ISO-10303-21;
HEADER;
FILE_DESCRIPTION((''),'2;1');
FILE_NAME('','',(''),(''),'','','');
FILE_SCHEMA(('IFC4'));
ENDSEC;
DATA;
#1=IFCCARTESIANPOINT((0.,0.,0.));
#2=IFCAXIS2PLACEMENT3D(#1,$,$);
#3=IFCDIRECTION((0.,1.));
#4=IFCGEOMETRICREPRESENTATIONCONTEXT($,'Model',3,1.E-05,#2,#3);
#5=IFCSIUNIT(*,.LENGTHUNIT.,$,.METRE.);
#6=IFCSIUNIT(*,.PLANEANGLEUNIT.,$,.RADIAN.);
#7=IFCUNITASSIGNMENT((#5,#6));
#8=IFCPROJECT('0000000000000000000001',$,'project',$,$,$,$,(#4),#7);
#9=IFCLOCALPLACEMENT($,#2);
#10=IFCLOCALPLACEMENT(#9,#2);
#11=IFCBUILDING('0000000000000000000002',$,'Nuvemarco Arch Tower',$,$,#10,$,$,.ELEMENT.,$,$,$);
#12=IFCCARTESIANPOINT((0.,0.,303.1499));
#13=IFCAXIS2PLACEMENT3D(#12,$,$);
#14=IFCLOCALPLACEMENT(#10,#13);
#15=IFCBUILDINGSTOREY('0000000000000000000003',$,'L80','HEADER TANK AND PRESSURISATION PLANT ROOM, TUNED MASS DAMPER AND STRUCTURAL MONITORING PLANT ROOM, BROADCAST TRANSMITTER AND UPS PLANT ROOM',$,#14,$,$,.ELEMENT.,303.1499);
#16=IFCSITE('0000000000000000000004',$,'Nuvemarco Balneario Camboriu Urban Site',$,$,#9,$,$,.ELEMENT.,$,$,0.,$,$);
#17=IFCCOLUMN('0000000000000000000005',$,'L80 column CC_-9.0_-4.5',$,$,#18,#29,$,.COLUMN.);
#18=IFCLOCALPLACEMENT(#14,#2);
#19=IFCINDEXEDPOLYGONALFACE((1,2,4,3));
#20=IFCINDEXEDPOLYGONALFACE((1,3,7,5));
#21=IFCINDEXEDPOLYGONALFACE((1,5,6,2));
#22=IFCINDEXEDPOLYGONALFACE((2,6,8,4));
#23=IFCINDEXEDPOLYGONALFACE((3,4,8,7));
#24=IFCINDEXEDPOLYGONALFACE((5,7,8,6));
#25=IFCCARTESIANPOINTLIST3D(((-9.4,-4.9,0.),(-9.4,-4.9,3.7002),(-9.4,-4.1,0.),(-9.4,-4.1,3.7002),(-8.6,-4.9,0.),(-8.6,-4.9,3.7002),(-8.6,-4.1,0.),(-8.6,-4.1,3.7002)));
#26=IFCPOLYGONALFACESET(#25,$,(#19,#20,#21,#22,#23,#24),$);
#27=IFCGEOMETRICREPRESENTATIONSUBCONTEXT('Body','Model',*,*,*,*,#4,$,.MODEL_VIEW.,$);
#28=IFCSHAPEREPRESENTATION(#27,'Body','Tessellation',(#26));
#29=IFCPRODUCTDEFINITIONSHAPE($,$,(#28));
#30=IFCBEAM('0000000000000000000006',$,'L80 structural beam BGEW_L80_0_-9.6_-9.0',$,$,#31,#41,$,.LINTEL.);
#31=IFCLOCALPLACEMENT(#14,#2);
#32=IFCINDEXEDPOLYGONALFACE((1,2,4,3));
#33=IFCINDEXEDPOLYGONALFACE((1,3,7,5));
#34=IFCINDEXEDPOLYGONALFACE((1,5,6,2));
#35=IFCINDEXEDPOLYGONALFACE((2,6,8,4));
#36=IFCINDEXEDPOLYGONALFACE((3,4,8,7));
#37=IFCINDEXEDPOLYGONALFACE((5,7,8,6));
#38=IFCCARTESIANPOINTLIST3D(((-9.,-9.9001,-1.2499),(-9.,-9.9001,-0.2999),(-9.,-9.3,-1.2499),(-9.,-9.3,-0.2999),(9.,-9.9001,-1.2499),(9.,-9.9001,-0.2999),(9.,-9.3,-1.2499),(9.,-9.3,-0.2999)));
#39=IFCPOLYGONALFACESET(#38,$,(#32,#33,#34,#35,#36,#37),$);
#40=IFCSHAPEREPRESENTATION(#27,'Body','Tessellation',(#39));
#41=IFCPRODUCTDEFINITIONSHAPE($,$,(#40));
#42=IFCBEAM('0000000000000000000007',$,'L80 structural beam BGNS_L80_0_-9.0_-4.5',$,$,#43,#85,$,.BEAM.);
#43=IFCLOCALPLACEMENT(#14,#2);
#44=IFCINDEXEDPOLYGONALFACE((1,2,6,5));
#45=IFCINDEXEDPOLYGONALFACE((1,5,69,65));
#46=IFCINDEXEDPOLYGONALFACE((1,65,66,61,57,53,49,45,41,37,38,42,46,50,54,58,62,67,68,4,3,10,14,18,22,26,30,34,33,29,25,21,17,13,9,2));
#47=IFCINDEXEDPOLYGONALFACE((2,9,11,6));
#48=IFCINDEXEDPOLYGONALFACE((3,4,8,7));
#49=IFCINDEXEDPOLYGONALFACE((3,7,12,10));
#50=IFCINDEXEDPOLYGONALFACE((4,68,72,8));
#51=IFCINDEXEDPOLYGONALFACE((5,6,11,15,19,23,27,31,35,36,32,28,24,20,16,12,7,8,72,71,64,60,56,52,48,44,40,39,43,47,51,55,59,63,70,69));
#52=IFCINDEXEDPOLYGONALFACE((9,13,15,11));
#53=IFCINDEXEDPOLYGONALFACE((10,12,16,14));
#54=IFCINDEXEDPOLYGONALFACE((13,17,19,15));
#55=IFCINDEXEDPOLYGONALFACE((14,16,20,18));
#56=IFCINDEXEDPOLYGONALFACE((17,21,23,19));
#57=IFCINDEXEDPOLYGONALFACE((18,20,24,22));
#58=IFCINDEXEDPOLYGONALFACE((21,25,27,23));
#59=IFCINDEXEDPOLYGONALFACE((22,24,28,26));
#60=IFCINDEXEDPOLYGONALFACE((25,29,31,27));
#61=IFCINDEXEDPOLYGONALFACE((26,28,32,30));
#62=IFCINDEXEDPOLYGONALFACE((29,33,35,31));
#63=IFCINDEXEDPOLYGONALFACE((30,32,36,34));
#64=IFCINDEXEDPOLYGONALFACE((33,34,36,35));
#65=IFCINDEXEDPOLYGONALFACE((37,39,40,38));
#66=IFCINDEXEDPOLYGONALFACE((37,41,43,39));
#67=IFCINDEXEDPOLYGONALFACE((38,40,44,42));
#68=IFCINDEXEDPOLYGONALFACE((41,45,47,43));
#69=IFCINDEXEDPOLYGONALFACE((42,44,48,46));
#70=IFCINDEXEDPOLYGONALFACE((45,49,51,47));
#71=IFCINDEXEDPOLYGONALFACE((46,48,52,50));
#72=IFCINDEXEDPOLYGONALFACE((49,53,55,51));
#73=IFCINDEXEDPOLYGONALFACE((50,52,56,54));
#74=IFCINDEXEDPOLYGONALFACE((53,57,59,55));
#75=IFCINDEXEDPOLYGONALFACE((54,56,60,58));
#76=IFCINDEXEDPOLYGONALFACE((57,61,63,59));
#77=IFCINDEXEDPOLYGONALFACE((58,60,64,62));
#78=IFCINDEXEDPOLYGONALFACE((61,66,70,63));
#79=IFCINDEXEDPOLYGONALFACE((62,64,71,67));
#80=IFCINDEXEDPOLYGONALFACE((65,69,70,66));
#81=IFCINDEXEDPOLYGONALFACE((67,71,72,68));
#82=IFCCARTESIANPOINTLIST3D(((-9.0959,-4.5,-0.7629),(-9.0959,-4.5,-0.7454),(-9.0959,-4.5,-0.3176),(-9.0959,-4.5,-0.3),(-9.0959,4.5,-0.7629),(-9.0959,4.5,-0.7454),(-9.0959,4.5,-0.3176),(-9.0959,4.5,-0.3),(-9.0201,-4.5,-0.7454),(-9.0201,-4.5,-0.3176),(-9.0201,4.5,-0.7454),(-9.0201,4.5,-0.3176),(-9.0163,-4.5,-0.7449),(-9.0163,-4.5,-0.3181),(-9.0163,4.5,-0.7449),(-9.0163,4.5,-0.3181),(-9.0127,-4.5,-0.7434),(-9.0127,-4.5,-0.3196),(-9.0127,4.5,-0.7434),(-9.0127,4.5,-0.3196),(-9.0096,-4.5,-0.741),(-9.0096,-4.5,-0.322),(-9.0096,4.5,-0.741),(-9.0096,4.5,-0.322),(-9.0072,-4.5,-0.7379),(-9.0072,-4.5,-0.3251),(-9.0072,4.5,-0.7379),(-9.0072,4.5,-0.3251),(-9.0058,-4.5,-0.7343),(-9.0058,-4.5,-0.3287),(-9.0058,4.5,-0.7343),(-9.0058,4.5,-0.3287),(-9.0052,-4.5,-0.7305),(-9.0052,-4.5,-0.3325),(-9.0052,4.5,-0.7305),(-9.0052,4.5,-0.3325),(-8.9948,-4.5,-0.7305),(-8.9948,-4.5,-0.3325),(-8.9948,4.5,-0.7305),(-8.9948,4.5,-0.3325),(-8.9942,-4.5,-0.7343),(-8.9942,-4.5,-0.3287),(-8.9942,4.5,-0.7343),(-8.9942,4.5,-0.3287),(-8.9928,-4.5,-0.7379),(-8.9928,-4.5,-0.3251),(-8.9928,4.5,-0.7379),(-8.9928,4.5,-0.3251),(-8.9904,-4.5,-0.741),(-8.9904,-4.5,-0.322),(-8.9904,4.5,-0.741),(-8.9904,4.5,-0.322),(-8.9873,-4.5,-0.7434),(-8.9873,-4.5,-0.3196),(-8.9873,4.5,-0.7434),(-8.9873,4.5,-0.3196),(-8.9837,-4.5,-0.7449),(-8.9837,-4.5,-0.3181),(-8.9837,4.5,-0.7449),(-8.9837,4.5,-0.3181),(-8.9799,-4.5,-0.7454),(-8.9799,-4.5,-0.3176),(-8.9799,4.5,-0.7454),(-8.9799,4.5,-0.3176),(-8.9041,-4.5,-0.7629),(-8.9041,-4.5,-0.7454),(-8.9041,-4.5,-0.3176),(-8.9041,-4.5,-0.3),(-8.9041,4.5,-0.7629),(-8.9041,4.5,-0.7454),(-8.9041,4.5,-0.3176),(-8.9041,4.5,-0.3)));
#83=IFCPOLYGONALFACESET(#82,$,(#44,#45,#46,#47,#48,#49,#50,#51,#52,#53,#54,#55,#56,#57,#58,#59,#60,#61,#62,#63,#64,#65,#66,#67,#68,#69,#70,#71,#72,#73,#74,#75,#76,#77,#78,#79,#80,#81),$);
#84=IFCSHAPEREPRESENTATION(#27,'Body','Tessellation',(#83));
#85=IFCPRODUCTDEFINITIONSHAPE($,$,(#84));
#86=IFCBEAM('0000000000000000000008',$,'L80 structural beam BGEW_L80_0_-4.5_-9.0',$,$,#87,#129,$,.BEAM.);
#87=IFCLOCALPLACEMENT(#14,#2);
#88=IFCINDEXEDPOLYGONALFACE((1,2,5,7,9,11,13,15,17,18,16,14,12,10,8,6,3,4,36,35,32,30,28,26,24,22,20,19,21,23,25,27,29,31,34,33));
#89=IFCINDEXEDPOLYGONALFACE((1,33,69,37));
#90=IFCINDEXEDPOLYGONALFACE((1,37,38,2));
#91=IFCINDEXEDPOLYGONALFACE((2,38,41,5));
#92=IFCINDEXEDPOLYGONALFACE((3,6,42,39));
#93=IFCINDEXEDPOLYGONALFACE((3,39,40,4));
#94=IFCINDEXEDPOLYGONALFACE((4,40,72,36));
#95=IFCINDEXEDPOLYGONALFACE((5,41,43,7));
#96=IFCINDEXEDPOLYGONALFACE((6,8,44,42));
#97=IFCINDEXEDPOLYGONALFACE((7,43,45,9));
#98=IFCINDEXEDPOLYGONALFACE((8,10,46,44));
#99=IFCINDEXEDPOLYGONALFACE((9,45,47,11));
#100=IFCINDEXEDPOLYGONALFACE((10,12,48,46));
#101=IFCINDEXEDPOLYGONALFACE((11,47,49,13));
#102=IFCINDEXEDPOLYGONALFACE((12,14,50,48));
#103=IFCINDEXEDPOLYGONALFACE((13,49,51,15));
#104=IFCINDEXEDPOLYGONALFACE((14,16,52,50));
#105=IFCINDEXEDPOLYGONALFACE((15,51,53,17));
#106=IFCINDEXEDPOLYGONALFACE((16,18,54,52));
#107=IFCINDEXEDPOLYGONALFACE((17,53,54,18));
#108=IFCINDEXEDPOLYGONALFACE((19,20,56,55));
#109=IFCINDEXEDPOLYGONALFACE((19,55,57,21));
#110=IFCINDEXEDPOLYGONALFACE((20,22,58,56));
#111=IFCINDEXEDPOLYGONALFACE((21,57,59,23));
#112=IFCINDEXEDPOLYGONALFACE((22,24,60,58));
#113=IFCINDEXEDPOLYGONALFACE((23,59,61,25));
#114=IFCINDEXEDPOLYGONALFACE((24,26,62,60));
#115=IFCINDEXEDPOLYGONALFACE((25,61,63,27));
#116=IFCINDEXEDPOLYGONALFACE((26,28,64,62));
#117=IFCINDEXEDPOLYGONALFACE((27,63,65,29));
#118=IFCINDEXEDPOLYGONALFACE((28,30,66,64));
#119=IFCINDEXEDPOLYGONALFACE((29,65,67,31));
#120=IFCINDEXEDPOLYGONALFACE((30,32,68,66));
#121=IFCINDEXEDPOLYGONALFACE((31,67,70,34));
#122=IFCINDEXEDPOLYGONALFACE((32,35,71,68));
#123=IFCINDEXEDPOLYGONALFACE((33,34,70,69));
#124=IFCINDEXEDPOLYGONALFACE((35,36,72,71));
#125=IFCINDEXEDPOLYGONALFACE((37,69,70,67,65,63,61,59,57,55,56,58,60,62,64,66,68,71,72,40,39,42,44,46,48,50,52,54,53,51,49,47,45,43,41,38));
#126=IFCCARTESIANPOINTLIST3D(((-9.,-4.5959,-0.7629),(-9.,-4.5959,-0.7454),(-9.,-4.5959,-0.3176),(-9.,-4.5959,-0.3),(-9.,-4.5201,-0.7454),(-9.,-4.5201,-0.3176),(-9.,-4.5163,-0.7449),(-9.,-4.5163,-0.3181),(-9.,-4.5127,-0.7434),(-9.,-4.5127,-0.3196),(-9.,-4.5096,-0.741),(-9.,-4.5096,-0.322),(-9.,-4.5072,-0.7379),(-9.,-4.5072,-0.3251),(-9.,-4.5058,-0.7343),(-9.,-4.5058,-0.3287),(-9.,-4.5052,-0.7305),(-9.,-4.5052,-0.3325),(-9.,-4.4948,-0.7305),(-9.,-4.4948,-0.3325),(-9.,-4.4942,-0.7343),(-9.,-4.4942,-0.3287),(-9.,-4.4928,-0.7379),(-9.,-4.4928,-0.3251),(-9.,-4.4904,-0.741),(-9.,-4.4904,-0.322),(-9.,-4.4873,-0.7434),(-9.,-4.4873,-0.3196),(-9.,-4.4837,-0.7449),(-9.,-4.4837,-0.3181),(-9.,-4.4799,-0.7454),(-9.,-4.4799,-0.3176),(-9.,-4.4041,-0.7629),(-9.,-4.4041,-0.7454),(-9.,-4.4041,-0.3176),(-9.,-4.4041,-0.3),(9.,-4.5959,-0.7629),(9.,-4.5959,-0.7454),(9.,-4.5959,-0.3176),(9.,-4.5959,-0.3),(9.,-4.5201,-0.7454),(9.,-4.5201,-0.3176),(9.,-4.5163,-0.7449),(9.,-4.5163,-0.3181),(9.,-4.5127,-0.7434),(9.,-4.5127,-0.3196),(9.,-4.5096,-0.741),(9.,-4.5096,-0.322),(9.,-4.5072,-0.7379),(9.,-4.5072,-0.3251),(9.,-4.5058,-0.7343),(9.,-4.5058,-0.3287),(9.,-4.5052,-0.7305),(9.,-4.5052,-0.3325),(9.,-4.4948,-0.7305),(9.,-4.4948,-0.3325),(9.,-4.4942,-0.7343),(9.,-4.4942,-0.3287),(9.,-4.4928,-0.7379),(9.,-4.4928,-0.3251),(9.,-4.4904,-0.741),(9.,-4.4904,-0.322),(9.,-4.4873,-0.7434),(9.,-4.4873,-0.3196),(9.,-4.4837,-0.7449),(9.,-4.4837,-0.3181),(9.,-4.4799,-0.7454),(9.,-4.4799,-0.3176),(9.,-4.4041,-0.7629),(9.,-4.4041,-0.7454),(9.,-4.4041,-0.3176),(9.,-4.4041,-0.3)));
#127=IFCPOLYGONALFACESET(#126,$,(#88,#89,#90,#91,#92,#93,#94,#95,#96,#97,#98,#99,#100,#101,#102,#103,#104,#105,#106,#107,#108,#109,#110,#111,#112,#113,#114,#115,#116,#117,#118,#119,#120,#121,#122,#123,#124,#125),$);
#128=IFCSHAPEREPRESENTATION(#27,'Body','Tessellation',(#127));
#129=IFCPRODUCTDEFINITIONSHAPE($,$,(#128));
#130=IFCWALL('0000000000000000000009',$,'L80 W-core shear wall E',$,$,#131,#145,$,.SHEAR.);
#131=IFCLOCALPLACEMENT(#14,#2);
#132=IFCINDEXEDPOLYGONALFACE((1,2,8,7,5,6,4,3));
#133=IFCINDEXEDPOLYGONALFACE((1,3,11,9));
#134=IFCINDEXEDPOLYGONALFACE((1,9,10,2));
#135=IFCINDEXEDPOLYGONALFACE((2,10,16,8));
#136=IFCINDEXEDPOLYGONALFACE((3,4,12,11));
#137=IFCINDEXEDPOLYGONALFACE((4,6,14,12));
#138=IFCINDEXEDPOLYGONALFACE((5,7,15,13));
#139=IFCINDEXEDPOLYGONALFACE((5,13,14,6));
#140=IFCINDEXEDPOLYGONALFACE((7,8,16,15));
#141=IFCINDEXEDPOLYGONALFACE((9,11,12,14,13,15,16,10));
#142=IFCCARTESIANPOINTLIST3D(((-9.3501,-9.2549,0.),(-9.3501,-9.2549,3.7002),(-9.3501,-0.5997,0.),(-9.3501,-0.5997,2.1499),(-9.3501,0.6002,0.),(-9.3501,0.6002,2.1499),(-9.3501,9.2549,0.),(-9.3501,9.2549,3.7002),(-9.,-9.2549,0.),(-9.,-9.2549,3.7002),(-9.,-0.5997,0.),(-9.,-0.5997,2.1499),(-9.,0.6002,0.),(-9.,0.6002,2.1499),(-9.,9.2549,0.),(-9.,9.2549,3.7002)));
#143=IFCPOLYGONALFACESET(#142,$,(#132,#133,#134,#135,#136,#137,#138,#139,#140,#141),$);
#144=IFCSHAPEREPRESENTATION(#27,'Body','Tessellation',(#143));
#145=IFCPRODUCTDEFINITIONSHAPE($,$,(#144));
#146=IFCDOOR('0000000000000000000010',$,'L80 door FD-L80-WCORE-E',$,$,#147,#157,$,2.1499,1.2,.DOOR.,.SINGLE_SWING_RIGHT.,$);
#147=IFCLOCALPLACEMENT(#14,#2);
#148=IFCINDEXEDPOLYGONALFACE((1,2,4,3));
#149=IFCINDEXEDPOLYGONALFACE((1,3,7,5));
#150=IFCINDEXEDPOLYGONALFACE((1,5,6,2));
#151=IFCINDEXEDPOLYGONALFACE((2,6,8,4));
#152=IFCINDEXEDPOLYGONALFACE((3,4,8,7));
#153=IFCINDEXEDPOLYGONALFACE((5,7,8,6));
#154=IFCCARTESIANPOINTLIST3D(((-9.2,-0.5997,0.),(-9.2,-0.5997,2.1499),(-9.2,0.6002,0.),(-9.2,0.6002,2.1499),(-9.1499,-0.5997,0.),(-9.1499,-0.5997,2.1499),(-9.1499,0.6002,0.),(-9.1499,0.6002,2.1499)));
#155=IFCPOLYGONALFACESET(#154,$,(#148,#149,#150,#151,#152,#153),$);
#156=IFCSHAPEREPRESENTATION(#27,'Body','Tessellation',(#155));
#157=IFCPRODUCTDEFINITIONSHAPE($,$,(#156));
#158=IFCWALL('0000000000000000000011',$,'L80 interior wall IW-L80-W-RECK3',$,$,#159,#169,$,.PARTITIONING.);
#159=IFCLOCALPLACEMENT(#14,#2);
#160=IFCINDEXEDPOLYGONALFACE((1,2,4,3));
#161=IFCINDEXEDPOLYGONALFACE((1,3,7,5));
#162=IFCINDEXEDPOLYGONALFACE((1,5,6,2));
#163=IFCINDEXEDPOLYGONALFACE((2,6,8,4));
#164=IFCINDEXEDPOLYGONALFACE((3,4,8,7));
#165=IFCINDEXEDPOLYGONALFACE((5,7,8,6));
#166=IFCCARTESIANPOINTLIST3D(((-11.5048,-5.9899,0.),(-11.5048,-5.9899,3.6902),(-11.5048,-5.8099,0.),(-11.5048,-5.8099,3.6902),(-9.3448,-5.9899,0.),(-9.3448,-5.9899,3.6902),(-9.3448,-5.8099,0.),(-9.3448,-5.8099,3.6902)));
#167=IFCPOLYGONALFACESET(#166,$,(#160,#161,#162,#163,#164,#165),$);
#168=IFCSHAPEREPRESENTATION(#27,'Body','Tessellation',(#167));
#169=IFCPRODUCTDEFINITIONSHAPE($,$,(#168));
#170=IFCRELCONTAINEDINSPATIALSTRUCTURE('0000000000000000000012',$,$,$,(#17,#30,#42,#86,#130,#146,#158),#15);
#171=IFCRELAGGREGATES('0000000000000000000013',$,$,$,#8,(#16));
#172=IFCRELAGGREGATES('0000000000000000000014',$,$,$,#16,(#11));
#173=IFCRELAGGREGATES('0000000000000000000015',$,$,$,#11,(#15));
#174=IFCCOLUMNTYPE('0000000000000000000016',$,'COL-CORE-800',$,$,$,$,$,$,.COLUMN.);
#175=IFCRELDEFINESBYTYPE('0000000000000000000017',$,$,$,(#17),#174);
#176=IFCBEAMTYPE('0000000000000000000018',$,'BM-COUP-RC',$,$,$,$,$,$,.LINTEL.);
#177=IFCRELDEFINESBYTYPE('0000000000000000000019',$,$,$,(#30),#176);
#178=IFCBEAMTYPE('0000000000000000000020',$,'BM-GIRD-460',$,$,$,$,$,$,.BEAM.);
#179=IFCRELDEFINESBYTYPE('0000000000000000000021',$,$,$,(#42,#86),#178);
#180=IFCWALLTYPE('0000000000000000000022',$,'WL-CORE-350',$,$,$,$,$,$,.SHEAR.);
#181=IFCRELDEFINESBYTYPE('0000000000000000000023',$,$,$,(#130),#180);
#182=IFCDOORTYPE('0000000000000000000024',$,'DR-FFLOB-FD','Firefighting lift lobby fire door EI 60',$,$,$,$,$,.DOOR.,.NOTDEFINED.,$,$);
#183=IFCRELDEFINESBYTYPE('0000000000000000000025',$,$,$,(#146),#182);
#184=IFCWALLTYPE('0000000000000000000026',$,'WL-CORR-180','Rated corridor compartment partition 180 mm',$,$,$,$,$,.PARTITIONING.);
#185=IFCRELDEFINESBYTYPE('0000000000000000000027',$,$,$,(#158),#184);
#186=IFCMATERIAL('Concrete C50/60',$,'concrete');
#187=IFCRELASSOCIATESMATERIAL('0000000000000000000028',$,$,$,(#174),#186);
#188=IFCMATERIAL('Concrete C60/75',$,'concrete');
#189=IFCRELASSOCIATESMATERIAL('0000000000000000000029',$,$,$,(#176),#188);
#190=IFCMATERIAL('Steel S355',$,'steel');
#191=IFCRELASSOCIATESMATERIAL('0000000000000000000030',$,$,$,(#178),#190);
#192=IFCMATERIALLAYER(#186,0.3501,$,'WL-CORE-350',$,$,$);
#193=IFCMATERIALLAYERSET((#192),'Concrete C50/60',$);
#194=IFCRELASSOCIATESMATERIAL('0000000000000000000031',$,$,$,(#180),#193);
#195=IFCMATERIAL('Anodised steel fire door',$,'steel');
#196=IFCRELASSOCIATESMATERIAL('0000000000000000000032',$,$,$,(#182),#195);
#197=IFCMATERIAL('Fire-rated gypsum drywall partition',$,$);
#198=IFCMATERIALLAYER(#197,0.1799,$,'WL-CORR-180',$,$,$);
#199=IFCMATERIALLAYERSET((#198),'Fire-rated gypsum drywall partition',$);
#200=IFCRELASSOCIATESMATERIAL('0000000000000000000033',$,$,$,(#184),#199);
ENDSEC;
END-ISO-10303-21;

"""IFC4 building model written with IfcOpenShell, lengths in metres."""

from ifc_helpers import new_model, si_unit, direction, frame, frame_2d, origin, origin_2d, place, context, subcontext, project, spatial, rectangle, i_section, extrude, source, transform, mapped, material, layer, layer_set, material_profile, profile_set, type_object, type_shapes, element, fill, save


model = new_model("IFC4")

# Units and contexts
model_context = context("Model", 3, precision=1e-05, world=origin(), true_north=direction((0.0, 1.0)))
body_context = subcontext(model_context, "Body", "Model", "MODEL_VIEW")
ifc_project = project(units=[si_unit("LENGTHUNIT", "METRE"), si_unit("PLANEANGLEUNIT", "RADIAN")], contexts=[model_context])

# Site, building, storey
site_placement = place(None, origin())
site = spatial("IfcSite", under=ifc_project, at=site_placement, Name="Nuvemarco Balneario Camboriu Urban Site", CompositionType="ELEMENT", RefElevation=0.0)
building_placement = place(site_placement, origin())
building = spatial("IfcBuilding", under=site, at=building_placement, Name="Nuvemarco Arch Tower", CompositionType="ELEMENT")
storey_placement = place(building_placement, frame((0.0, 0.0, 303.1499)))
storey = spatial("IfcBuildingStorey", under=building, at=storey_placement, Name="L80", Description="HEADER TANK AND PRESSURISATION PLANT ROOM, TUNED MASS DAMPER AND STRUCTURAL MONITORING PLANT ROOM, BROADCAST TRANSMITTER AND UPS PLANT ROOM", CompositionType="ELEMENT", Elevation=303.1499)

# Column
ifc_material_1 = material(Name="Concrete C50/60", Category="concrete")
ifc_material_profile_1 = material_profile(ifc_material_1, rectangle(XDim=0.8, YDim=0.8, at=origin_2d()), Name="RC-COL-800x800")
ifc_profile_set_1 = profile_set([ifc_material_profile_1], Name="Concrete C50/60")
column_type = type_object("IfcColumnType", Name="COL-CORE-800", PredefinedType="COLUMN", material=ifc_profile_set_1)
column_placement = place(storey_placement, frame((-9.0, -4.5, 0.0), z_axis=(0.0, 0.0, 1.0), x_axis=(1.0, 0.0, 0.0)))
element("IfcColumn", 1, at=column_placement, inside=storey, type_object=column_type, Name="L80 column CC_-9.0_-4.5", PredefinedType="COLUMN", context=body_context, shape_type="SweptSolid", body=[
    extrude(rectangle(XDim=0.8, YDim=0.8, at=origin_2d()), origin(), (0.0, 0.0, 1.0), 3.7002),
])

# Beams
ifc_material_2 = material(Name="Concrete C60/75", Category="concrete")
ifc_material_profile_2 = material_profile(ifc_material_2, rectangle(XDim=0.6001, YDim=0.95, at=origin_2d()), Name="RC-BM-600x950")
ifc_profile_set_2 = profile_set([ifc_material_profile_2], Name="Concrete C60/75")
beam_type_1 = type_object("IfcBeamType", Name="BM-COUP-RC", PredefinedType="LINTEL", material=ifc_profile_set_2)
beam_1_placement = place(storey_placement, frame((-9.0, -9.6001, -0.7749), z_axis=(1.0, 0.0, 0.0), x_axis=(0.0, 1.0, 0.0)))
element("IfcBeam", 2, at=beam_1_placement, inside=storey, type_object=beam_type_1, Name="L80 structural beam BGEW_L80_0_-9.6_-9.0", PredefinedType="LINTEL", context=body_context, shape_type="SweptSolid", body=[
    extrude(rectangle(XDim=0.6001, YDim=0.95, at=origin_2d()), origin(), (0.0, 0.0, 1.0), 18.0),
])
ifc_material_3 = material(Name="Steel S355", Category="steel")
ifc_material_profile_3 = material_profile(ifc_material_3, i_section(OverallWidth=0.1919, OverallDepth=0.4629, WebThickness=0.0105, FlangeThickness=0.0176, FilletRadius=0.0149, at=origin_2d()), Name="W460x89")
ifc_profile_set_3 = profile_set([ifc_material_profile_3], Name="Steel S355")
beam_type_2 = type_object("IfcBeamType", Name="BM-GIRD-460", PredefinedType="BEAM", material=ifc_profile_set_3)
beam_2_placement = place(storey_placement, frame((-9.0, -4.5, -0.5315), z_axis=(0.0, 1.0, 0.0), x_axis=(-1.0, 0.0, 0.0)))
element("IfcBeam", 3, at=beam_2_placement, inside=storey, type_object=beam_type_2, Name="L80 structural beam BGNS_L80_0_-9.0_-4.5", PredefinedType="BEAM", context=body_context, shape_type="SweptSolid", body=[
    extrude(i_section(OverallWidth=0.1919, OverallDepth=0.4629, WebThickness=0.0105, FlangeThickness=0.0176, FilletRadius=0.0149, at=origin_2d()), origin(), (0.0, 0.0, 1.0), 9.0),
])
beam_3_placement = place(storey_placement, frame((-9.0, -4.5, -0.5315), z_axis=(1.0, 0.0, 0.0), x_axis=(0.0, 1.0, 0.0)))
element("IfcBeam", 4, at=beam_3_placement, inside=storey, type_object=beam_type_2, Name="L80 structural beam BGEW_L80_0_-4.5_-9.0", PredefinedType="BEAM", context=body_context, shape_type="SweptSolid", body=[
    extrude(i_section(OverallWidth=0.1919, OverallDepth=0.4629, WebThickness=0.0105, FlangeThickness=0.0176, FilletRadius=0.0149, at=origin_2d()), origin(), (0.0, 0.0, 1.0), 18.0),
])

# Wall, opening, door
ifc_layer_1 = layer(ifc_material_1, 0.3501, Name="WL-CORE-350")
ifc_layer_set_1 = layer_set([ifc_layer_1], Name="Concrete C50/60")
wall_type_1 = type_object("IfcWallType", Name="WL-CORE-350", PredefinedType="SHEAR", material=ifc_layer_set_1)
wall_1_placement = place(storey_placement, frame((-9.175, -9.2549, 0.0), z_axis=(0.0, 0.0, 1.0), x_axis=(0.0, 1.0, 0.0)))
wall_1 = element("IfcWall", 5, at=wall_1_placement, inside=storey, type_object=wall_type_1, Name="L80 W-core shear wall E", PredefinedType="SHEAR", context=body_context, shape_type="SweptSolid", body=[
    extrude(rectangle(XDim=18.5098, YDim=0.3501, at=frame_2d((9.2549, 0.0))), origin(), (0.0, 0.0, 1.0), 3.7002),
])
opening_1_placement = place(wall_1_placement, frame((8.655, 0.0, 0.0)))
opening_1 = element("IfcOpeningElement", 6, at=opening_1_placement, cuts=wall_1, PredefinedType="OPENING", context=body_context, shape_type="SweptSolid", body=[
    extrude(rectangle(XDim=1.2, YDim=2.1499, at=frame_2d((0.6001, 1.075))), frame((0.0, 0.1851, 0.0), z_axis=(0.0, -1.0, 0.0), x_axis=(1.0, 0.0, 0.0)), (0.0, 0.0, 1.0), 0.3701),
])
ifc_material_4 = material(Name="Anodised steel fire door", Category="steel")
door_type_1 = type_object("IfcDoorType", Name="DR-FFLOB-FD", Description="Firefighting lift lobby fire door EI 60", OperationType="NOTDEFINED", PredefinedType="DOOR", material=ifc_material_4)
shared_shape_1 = source(origin(), body_context, "Body", "SweptSolid", [
    extrude(rectangle(XDim=1.2, YDim=2.1499, at=frame_2d((0.6001, 1.075))), frame((0.0, 0.0249, 0.0), z_axis=(0.0, -1.0, 0.0), x_axis=(1.0, 0.0, 0.0)), (0.0, 0.0, 1.0), 0.05),
])
type_shapes(door_type_1, [shared_shape_1])
door_1_placement = place(opening_1_placement, origin())
door_1 = element("IfcDoor", 7, at=door_1_placement, inside=storey, type_object=door_type_1, Name="L80 door FD-L80-WCORE-E", OperationType="SINGLE_SWING_RIGHT", OverallHeight=2.1499, OverallWidth=1.2, PredefinedType="DOOR", context=body_context, shape_type="MappedRepresentation", body=[
    mapped(shared_shape_1, transform((0.0, 0.0, 0.0), scale=1.0)),
])
fill(opening_1, door_1)

# Wall
ifc_material_5 = material(Name="Fire-rated gypsum drywall partition")
ifc_layer_2 = layer(ifc_material_5, 0.1799, Name="WL-CORR-180")
ifc_layer_set_2 = layer_set([ifc_layer_2], Name="Fire-rated gypsum drywall partition")
wall_type_2 = type_object("IfcWallType", Name="WL-CORR-180", Description="Rated corridor compartment partition 180 mm", PredefinedType="PARTITIONING", material=ifc_layer_set_2)
wall_2_placement = place(storey_placement, frame((-11.5049, -5.8999, 0.0), z_axis=(0.0, 0.0, 1.0), x_axis=(1.0, 0.0, 0.0)))
element("IfcWall", 8, at=wall_2_placement, inside=storey, type_object=wall_type_2, Name="L80 interior wall IW-L80-W-RECK3", PredefinedType="PARTITIONING", context=body_context, shape_type="SweptSolid", body=[
    extrude(rectangle(XDim=2.1599, YDim=0.1799, at=frame_2d((1.0801, 0.0))), origin(), (0.0, 0.0, 1.0), 3.6902),
])

save(model, "model.ifc")
